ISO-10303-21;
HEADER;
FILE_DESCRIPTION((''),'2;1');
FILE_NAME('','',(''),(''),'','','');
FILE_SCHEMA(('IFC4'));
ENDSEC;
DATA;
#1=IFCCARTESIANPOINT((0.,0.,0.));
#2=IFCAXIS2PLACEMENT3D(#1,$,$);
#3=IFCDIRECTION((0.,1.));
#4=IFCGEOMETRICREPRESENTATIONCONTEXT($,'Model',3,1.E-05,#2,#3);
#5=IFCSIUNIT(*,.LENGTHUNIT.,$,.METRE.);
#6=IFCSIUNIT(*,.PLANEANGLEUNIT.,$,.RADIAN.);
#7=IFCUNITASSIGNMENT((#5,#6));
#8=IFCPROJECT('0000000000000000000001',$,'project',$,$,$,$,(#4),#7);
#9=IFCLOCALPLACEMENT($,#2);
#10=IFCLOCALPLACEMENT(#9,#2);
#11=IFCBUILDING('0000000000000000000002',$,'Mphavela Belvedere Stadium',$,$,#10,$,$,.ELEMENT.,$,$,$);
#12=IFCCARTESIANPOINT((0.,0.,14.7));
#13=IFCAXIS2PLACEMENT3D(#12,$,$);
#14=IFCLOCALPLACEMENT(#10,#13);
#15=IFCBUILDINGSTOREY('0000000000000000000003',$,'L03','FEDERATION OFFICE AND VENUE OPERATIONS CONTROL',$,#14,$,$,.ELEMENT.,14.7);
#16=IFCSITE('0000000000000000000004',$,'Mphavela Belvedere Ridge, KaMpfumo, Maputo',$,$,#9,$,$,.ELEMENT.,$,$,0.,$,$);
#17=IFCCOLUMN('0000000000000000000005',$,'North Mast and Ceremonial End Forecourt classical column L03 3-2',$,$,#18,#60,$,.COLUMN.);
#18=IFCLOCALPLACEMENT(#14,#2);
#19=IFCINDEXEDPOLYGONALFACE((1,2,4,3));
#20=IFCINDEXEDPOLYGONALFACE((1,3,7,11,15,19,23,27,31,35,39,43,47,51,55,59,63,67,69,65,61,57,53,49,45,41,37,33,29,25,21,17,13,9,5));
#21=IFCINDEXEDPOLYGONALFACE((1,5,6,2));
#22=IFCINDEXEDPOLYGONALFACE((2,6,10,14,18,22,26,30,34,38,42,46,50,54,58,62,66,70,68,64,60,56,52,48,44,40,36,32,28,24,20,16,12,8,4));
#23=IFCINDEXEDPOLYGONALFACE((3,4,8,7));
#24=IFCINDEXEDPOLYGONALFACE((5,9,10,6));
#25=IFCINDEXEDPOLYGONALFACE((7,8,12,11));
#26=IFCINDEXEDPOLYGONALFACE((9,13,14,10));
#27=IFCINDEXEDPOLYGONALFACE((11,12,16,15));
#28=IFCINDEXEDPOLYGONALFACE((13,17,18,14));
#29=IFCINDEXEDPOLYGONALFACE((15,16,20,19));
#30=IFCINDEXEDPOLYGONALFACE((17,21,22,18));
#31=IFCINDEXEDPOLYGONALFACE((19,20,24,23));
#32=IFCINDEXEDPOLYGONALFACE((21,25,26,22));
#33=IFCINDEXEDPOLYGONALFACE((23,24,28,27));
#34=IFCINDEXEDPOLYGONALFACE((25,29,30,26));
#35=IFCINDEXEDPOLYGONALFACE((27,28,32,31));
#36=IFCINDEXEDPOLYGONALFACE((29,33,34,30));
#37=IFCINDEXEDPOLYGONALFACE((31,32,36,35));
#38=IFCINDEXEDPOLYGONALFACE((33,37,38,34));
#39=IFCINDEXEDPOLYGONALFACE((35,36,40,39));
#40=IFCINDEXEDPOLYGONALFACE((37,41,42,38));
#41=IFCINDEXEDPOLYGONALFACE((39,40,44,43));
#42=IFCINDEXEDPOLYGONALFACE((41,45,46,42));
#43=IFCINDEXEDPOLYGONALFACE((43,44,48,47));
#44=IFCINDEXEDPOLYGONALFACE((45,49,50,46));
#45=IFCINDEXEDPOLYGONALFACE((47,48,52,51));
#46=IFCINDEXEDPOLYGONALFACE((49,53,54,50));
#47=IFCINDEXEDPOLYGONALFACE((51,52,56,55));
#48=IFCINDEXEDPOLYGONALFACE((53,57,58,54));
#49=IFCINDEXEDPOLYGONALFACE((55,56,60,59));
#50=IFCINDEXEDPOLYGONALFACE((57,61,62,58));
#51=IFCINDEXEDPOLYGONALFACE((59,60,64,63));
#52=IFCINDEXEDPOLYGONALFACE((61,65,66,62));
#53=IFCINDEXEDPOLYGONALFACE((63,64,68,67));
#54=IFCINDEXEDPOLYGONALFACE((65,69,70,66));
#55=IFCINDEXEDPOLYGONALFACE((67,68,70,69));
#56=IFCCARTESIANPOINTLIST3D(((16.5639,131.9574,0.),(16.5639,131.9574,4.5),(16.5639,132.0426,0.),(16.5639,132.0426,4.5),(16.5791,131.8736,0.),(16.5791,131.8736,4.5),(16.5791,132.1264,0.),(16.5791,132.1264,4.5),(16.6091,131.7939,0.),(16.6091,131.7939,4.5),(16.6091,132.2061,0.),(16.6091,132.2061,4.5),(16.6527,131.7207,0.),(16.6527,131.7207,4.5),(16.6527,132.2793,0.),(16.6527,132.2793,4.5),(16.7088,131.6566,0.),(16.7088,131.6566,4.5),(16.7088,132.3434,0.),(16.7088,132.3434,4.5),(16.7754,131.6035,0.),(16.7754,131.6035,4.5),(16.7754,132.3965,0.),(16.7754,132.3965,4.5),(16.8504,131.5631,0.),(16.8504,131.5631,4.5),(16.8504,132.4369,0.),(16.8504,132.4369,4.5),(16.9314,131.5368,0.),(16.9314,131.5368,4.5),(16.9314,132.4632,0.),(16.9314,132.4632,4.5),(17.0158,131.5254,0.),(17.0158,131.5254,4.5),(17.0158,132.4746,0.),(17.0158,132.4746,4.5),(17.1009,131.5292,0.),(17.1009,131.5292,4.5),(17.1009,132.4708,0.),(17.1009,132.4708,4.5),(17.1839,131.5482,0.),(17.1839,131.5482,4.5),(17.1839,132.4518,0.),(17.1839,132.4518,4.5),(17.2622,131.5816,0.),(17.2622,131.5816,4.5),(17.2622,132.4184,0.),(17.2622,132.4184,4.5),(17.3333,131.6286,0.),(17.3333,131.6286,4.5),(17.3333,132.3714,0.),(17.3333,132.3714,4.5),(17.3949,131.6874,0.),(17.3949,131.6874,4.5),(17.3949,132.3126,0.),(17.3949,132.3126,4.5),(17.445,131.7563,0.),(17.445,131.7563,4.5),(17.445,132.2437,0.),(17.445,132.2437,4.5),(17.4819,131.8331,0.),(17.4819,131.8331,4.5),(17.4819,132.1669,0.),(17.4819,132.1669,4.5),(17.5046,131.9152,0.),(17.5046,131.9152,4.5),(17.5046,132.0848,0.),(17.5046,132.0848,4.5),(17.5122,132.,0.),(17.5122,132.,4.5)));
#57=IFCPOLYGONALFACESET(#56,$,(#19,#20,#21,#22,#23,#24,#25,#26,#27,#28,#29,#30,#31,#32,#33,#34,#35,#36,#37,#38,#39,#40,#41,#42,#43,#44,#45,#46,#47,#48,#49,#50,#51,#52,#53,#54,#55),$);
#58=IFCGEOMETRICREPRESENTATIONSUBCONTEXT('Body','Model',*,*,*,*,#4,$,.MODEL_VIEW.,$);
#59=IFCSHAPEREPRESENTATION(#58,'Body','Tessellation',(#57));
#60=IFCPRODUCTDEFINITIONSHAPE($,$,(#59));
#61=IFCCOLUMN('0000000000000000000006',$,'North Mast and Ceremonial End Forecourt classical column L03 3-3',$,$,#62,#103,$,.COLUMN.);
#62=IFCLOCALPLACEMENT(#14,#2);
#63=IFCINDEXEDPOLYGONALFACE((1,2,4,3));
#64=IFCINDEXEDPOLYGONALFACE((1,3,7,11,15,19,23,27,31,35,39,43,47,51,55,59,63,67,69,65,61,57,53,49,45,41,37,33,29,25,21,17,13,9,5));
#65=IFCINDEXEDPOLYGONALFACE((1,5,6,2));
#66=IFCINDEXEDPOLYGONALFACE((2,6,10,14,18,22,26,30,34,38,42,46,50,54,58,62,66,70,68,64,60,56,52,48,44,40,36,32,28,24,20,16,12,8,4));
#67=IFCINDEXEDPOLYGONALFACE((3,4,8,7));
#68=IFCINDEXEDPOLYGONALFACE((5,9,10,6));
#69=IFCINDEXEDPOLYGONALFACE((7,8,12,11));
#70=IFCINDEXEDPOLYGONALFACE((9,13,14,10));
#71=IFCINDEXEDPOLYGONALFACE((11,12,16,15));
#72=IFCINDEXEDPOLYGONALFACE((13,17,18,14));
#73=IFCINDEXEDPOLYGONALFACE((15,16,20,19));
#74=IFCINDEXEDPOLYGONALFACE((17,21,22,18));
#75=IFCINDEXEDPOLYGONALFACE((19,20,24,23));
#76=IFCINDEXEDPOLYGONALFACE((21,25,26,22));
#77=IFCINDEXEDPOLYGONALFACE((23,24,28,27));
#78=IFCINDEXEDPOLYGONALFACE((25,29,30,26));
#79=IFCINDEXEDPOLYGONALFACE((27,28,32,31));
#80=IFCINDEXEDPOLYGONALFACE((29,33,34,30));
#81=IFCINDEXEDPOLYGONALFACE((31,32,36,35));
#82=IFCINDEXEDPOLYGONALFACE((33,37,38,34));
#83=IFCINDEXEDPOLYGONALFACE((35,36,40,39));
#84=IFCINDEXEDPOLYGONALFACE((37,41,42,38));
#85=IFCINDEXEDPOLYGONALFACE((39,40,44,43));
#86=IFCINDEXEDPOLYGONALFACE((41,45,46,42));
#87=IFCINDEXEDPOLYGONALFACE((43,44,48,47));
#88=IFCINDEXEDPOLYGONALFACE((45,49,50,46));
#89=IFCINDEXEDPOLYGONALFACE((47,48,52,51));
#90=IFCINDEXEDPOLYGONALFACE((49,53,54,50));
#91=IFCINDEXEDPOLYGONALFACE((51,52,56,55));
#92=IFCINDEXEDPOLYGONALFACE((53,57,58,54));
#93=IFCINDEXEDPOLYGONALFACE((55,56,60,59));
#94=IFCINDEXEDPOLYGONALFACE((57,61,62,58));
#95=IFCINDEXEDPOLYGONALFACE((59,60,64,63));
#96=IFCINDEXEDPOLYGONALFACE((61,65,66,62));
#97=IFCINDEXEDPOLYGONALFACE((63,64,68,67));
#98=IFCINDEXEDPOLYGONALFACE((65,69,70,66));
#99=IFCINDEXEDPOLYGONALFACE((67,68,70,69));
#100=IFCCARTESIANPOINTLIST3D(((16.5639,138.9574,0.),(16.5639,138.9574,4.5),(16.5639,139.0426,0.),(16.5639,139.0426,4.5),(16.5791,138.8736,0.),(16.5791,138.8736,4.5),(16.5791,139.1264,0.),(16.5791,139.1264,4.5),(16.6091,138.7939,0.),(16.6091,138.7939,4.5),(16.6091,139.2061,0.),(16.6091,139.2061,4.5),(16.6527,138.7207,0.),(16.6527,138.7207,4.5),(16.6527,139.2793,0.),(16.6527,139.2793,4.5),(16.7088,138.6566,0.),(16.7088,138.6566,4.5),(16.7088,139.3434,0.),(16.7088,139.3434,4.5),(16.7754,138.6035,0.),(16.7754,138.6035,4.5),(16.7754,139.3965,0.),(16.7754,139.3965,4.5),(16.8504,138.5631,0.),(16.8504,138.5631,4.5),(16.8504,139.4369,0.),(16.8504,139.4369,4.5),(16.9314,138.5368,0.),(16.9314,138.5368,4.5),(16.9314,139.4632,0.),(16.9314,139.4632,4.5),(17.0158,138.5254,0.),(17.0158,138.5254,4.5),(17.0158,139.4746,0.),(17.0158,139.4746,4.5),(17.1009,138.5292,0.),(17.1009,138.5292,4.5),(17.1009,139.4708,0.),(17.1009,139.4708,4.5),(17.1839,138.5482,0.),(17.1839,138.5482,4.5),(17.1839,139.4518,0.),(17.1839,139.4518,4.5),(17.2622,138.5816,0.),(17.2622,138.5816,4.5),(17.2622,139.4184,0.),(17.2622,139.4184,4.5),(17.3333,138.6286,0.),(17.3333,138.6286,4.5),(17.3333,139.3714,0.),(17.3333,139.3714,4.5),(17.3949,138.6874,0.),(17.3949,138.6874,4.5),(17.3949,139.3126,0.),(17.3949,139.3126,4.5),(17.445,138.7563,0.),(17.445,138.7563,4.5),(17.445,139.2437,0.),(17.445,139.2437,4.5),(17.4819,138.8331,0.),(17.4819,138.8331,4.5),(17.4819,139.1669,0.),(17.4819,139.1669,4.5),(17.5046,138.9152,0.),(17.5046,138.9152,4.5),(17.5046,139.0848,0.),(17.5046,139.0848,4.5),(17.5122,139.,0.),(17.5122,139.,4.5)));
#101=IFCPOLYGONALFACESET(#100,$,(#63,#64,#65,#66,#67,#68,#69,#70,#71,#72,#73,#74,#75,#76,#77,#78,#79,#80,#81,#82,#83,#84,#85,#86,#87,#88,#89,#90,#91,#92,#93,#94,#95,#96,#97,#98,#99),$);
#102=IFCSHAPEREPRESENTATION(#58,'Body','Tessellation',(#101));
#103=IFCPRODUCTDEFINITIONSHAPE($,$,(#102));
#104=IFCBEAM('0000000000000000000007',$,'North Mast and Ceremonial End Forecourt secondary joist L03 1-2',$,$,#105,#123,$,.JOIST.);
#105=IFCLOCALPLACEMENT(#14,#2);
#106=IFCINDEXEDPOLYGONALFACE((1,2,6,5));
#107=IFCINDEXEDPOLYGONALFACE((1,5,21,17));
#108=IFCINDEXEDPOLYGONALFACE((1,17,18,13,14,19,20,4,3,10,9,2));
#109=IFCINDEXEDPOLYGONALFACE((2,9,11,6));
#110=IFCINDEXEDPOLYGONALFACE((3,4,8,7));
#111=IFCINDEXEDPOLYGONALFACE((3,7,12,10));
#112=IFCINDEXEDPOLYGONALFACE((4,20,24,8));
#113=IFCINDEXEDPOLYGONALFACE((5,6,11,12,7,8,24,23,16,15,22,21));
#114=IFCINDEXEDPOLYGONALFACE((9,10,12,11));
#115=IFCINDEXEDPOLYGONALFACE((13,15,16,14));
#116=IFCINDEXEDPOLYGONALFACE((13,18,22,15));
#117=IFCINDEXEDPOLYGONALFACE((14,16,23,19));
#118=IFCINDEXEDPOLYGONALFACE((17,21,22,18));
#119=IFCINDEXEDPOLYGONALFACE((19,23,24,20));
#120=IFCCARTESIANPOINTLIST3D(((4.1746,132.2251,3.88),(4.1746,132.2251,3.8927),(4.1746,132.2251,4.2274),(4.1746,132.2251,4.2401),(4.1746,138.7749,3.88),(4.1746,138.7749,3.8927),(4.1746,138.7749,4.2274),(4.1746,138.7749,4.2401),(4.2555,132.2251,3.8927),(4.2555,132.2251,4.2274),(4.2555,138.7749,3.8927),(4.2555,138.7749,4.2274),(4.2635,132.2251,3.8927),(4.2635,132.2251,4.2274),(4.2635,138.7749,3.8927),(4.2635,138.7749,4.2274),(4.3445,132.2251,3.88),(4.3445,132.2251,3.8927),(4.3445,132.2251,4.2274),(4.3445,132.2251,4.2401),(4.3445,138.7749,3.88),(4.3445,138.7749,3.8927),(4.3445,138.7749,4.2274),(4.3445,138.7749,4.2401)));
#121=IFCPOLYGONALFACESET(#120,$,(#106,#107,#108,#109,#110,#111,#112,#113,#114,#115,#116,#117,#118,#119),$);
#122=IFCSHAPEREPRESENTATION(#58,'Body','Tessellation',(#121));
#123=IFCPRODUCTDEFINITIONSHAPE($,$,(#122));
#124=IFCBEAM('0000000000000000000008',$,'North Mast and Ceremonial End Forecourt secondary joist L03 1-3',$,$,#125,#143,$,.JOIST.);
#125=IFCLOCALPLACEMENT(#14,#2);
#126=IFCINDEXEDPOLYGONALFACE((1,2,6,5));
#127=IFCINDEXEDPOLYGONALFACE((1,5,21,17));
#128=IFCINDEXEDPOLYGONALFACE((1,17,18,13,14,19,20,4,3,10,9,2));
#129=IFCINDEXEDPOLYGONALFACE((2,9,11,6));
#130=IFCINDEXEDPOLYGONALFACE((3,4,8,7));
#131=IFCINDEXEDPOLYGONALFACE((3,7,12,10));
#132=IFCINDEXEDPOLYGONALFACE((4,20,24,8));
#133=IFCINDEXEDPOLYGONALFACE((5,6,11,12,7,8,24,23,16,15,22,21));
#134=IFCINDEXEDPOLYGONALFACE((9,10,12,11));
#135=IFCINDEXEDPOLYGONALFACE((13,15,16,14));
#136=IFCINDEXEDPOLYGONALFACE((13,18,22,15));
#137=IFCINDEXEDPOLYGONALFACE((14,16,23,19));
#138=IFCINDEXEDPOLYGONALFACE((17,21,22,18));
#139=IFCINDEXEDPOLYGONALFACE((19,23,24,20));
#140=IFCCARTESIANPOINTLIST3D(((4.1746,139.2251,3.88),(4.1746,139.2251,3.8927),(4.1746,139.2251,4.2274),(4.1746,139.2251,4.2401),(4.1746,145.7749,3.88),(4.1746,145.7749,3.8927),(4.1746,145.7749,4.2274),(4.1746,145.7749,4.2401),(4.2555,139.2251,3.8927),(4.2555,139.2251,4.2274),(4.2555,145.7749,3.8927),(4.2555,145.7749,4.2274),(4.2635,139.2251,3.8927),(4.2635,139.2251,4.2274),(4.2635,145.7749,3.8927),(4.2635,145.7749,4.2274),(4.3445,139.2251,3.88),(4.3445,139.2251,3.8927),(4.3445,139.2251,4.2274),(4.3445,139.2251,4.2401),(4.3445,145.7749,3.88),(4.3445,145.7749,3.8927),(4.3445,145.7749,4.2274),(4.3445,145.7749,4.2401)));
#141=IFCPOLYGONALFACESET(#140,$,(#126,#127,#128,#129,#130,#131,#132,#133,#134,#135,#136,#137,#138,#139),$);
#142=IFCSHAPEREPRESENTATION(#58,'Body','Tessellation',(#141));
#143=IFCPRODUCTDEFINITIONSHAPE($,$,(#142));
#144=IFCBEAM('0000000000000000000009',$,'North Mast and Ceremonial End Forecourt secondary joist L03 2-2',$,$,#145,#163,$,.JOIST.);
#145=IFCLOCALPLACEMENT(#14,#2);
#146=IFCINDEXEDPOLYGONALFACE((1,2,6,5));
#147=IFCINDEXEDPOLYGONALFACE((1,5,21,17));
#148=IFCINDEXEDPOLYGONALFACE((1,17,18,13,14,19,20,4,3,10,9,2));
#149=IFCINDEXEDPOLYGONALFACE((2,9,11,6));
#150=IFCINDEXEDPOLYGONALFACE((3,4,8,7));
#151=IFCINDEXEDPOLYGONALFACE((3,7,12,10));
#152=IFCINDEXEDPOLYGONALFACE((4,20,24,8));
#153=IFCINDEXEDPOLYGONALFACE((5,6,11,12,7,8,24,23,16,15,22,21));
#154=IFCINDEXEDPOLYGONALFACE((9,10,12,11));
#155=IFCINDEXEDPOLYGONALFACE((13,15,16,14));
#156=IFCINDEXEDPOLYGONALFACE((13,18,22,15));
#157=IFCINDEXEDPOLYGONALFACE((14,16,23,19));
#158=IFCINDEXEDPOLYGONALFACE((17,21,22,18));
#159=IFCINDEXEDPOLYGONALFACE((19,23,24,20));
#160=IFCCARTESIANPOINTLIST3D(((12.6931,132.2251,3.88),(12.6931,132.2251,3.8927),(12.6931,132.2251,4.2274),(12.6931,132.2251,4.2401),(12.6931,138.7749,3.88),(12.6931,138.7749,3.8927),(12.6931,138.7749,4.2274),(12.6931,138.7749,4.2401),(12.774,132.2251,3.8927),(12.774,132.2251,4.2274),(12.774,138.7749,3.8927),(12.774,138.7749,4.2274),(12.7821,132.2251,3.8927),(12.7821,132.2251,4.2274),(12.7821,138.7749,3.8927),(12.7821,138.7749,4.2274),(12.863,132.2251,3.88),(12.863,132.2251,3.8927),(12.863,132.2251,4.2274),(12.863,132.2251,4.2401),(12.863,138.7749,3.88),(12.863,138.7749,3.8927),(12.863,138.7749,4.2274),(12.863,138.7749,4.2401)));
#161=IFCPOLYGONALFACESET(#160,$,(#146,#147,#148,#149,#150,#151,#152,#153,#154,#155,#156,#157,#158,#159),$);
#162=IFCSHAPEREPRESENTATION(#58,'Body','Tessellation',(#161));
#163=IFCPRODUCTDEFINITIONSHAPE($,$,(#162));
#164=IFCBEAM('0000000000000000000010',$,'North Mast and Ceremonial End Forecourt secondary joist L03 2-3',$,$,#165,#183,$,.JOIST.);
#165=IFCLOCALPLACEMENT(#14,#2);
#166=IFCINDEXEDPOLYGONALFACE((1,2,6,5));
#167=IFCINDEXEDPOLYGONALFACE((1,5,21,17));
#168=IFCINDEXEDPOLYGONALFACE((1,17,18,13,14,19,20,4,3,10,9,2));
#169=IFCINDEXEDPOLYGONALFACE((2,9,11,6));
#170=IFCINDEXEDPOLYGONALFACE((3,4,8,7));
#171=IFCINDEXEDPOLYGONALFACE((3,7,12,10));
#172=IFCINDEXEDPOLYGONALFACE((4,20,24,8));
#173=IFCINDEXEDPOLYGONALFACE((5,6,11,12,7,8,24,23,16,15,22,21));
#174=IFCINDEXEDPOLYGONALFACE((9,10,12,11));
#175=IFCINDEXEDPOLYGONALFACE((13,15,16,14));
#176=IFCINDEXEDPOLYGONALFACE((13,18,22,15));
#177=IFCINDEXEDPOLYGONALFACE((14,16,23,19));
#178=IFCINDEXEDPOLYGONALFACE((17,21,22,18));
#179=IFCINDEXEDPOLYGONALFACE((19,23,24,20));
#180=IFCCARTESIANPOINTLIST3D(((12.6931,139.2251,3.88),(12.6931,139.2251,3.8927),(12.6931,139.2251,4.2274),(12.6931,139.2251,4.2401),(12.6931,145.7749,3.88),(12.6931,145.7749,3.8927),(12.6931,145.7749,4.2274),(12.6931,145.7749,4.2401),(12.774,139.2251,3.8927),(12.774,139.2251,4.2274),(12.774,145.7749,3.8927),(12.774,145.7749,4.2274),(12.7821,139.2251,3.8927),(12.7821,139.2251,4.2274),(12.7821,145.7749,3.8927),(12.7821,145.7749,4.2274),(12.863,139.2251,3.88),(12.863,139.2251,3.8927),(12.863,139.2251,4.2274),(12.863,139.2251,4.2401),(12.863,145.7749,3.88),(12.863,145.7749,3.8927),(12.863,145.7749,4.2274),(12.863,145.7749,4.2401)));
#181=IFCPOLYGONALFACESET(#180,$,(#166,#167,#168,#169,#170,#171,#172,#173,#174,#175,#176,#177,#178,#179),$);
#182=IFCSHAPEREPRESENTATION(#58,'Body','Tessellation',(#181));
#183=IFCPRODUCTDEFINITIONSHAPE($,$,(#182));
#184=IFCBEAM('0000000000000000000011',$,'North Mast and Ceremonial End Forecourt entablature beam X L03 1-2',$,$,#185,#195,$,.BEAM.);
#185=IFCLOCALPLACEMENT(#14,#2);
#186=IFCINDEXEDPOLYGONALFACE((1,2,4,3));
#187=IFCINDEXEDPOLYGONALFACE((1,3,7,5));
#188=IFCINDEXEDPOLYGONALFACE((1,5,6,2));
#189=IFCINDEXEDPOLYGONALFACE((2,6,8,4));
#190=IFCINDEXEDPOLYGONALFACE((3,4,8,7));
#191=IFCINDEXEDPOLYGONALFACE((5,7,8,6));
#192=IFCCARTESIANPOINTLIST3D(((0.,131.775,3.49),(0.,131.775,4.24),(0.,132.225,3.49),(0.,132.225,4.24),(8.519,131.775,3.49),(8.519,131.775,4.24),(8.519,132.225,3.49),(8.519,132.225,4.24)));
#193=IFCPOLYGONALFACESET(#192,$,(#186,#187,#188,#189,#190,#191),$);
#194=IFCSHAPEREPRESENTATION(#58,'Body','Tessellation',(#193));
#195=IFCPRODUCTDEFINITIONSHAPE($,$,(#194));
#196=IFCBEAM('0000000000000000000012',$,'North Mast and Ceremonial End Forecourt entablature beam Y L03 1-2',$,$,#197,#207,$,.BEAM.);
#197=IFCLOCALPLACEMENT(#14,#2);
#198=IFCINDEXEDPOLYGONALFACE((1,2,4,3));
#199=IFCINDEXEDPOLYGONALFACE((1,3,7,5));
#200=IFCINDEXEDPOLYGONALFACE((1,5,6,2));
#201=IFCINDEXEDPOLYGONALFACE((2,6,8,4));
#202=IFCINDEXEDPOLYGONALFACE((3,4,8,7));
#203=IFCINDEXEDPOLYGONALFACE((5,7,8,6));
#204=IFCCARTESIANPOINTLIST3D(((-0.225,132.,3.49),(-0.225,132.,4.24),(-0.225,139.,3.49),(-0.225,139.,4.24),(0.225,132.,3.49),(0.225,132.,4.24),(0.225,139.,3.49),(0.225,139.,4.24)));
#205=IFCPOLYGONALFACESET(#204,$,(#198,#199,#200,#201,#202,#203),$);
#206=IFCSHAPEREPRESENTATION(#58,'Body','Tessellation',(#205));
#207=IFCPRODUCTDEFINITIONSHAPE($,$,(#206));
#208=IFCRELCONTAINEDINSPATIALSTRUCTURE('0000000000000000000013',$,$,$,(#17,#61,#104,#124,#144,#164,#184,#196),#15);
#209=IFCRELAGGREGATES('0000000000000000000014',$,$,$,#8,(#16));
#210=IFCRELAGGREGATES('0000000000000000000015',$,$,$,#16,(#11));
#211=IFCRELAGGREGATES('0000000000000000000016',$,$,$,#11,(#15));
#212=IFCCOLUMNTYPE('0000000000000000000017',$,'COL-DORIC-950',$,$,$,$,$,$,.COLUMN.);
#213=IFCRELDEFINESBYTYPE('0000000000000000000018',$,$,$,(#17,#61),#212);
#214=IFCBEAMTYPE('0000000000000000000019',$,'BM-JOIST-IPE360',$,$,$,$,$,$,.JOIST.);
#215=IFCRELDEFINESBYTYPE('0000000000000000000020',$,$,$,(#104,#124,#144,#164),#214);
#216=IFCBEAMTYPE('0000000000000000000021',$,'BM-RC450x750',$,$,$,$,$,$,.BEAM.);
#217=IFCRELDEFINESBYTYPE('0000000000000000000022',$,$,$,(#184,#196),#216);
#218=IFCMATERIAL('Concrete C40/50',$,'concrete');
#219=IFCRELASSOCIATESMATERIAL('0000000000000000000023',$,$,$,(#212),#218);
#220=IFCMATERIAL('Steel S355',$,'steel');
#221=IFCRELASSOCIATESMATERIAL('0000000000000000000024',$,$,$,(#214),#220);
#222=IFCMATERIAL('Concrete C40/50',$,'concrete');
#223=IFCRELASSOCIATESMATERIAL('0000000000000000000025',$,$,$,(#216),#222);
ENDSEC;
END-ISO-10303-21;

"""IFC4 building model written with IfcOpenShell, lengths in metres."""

from ifc_helpers import new_model, si_unit, direction, frame, origin, origin_2d, place, context, subcontext, project, spatial, rectangle, circle, i_section, extrude, material, material_profile, profile_set, type_object, element, save


model = new_model("IFC4")

# Units and contexts
model_context = context("Model", 3, precision=1e-05, world=origin(), true_north=direction((0.0, 1.0)))
body_context = subcontext(model_context, "Body", "Model", "MODEL_VIEW")
ifc_project = project(units=[si_unit("LENGTHUNIT", "METRE"), si_unit("PLANEANGLEUNIT", "RADIAN")], contexts=[model_context])

# Site, building, storey
site_placement = place(None, origin())
site = spatial("IfcSite", under=ifc_project, at=site_placement, Name="Mphavela Belvedere Ridge, KaMpfumo, Maputo", CompositionType="ELEMENT", RefElevation=0.0)
building_placement = place(site_placement, origin())
building = spatial("IfcBuilding", under=site, at=building_placement, Name="Mphavela Belvedere Stadium", CompositionType="ELEMENT")
storey_placement = place(building_placement, frame((0.0, 0.0, 14.7)))
storey = spatial("IfcBuildingStorey", under=building, at=storey_placement, Name="L03", Description="FEDERATION OFFICE AND VENUE OPERATIONS CONTROL", CompositionType="ELEMENT", Elevation=14.7)

# Columns
ifc_material_1 = material(Name="Concrete C40/50", Category="concrete")
ifc_material_profile_1 = material_profile(ifc_material_1, circle(Radius=0.4751, at=origin_2d()), Name="COL D950")
ifc_profile_set_1 = profile_set([ifc_material_profile_1], Name="Concrete C40/50")
column_type = type_object("IfcColumnType", Name="COL-DORIC-950", PredefinedType="COLUMN", material=ifc_profile_set_1)
for number, where, z_axis, x_axis, name in (
    (1, (17.0371, 132.0, 0.0), (0.0, 0.0, 1.0), (1.0, 0.0, 0.0), "North Mast and Ceremonial End Forecourt classical column L03 3-2"),
    (2, (17.0371, 139.0, 0.0), (0.0, 0.0, 1.0), (1.0, 0.0, 0.0), "North Mast and Ceremonial End Forecourt classical column L03 3-3"),
):
    element("IfcColumn", number, at=place(storey_placement, frame(where, z_axis=z_axis, x_axis=x_axis)), inside=storey, type_object=column_type, Name=name, PredefinedType="COLUMN", context=body_context, shape_type="SweptSolid", body=[
        extrude(circle(Radius=0.4751, at=origin_2d()), origin(), (0.0, 0.0, 1.0), 4.5),
    ])

# Beams
ifc_material_2 = material(Name="Steel S355", Category="steel")
ifc_material_profile_2 = material_profile(ifc_material_2, i_section(OverallWidth=0.1699, OverallDepth=0.3601, WebThickness=0.0081, FlangeThickness=0.0127, at=origin_2d()), Name="IPE 360")
ifc_profile_set_2 = profile_set([ifc_material_profile_2], Name="Steel S355")
beam_type_1 = type_object("IfcBeamType", Name="BM-JOIST-IPE360", PredefinedType="JOIST", material=ifc_profile_set_2)
for number, where, z_axis, x_axis, name in (
    (3, (4.2595, 132.2251, 4.0601), (0.0, 1.0, 0.0), (-1.0, 0.0, 0.0), "North Mast and Ceremonial End Forecourt secondary joist L03 1-2"),
    (4, (4.2595, 139.2251, 4.0601), (0.0, 1.0, 0.0), (-1.0, 0.0, 0.0), "North Mast and Ceremonial End Forecourt secondary joist L03 1-3"),
    (5, (12.7781, 132.2251, 4.0601), (0.0, 1.0, 0.0), (-1.0, 0.0, 0.0), "North Mast and Ceremonial End Forecourt secondary joist L03 2-2"),
    (6, (12.7781, 139.2251, 4.0601), (0.0, 1.0, 0.0), (-1.0, 0.0, 0.0), "North Mast and Ceremonial End Forecourt secondary joist L03 2-3"),
):
    element("IfcBeam", number, at=place(storey_placement, frame(where, z_axis=z_axis, x_axis=x_axis)), inside=storey, type_object=beam_type_1, Name=name, PredefinedType="JOIST", context=body_context, shape_type="SweptSolid", body=[
        extrude(i_section(OverallWidth=0.1699, OverallDepth=0.3601, WebThickness=0.0081, FlangeThickness=0.0127, at=origin_2d()), origin(), (0.0, 0.0, 1.0), 6.5498),
    ])
ifc_material_3 = material(Name="Concrete C40/50", Category="concrete")
ifc_material_profile_3 = material_profile(ifc_material_3, rectangle(XDim=0.45, YDim=0.75, at=origin_2d()), Name="RC 450x750")
ifc_profile_set_3 = profile_set([ifc_material_profile_3], Name="Concrete C40/50")
beam_type_2 = type_object("IfcBeamType", Name="BM-RC450x750", PredefinedType="BEAM", material=ifc_profile_set_3)
beam_1_placement = place(storey_placement, frame((0.0, 132.0, 3.865), z_axis=(1.0, 0.0, 0.0), x_axis=(0.0, 1.0, 0.0)))
element("IfcBeam", 7, at=beam_1_placement, inside=storey, type_object=beam_type_2, Name="North Mast and Ceremonial End Forecourt entablature beam X L03 1-2", PredefinedType="BEAM", context=body_context, shape_type="SweptSolid", body=[
    extrude(rectangle(XDim=0.45, YDim=0.75, at=origin_2d()), origin(), (0.0, 0.0, 1.0), 8.519),
])
beam_2_placement = place(storey_placement, frame((0.0, 132.0, 3.865), z_axis=(0.0, 1.0, 0.0), x_axis=(-1.0, 0.0, 0.0)))
element("IfcBeam", 8, at=beam_2_placement, inside=storey, type_object=beam_type_2, Name="North Mast and Ceremonial End Forecourt entablature beam Y L03 1-2", PredefinedType="BEAM", context=body_context, shape_type="SweptSolid", body=[
    extrude(rectangle(XDim=0.45, YDim=0.75, at=origin_2d()), origin(), (0.0, 0.0, 1.0), 7.0),
])

save(model, "model.ifc")
